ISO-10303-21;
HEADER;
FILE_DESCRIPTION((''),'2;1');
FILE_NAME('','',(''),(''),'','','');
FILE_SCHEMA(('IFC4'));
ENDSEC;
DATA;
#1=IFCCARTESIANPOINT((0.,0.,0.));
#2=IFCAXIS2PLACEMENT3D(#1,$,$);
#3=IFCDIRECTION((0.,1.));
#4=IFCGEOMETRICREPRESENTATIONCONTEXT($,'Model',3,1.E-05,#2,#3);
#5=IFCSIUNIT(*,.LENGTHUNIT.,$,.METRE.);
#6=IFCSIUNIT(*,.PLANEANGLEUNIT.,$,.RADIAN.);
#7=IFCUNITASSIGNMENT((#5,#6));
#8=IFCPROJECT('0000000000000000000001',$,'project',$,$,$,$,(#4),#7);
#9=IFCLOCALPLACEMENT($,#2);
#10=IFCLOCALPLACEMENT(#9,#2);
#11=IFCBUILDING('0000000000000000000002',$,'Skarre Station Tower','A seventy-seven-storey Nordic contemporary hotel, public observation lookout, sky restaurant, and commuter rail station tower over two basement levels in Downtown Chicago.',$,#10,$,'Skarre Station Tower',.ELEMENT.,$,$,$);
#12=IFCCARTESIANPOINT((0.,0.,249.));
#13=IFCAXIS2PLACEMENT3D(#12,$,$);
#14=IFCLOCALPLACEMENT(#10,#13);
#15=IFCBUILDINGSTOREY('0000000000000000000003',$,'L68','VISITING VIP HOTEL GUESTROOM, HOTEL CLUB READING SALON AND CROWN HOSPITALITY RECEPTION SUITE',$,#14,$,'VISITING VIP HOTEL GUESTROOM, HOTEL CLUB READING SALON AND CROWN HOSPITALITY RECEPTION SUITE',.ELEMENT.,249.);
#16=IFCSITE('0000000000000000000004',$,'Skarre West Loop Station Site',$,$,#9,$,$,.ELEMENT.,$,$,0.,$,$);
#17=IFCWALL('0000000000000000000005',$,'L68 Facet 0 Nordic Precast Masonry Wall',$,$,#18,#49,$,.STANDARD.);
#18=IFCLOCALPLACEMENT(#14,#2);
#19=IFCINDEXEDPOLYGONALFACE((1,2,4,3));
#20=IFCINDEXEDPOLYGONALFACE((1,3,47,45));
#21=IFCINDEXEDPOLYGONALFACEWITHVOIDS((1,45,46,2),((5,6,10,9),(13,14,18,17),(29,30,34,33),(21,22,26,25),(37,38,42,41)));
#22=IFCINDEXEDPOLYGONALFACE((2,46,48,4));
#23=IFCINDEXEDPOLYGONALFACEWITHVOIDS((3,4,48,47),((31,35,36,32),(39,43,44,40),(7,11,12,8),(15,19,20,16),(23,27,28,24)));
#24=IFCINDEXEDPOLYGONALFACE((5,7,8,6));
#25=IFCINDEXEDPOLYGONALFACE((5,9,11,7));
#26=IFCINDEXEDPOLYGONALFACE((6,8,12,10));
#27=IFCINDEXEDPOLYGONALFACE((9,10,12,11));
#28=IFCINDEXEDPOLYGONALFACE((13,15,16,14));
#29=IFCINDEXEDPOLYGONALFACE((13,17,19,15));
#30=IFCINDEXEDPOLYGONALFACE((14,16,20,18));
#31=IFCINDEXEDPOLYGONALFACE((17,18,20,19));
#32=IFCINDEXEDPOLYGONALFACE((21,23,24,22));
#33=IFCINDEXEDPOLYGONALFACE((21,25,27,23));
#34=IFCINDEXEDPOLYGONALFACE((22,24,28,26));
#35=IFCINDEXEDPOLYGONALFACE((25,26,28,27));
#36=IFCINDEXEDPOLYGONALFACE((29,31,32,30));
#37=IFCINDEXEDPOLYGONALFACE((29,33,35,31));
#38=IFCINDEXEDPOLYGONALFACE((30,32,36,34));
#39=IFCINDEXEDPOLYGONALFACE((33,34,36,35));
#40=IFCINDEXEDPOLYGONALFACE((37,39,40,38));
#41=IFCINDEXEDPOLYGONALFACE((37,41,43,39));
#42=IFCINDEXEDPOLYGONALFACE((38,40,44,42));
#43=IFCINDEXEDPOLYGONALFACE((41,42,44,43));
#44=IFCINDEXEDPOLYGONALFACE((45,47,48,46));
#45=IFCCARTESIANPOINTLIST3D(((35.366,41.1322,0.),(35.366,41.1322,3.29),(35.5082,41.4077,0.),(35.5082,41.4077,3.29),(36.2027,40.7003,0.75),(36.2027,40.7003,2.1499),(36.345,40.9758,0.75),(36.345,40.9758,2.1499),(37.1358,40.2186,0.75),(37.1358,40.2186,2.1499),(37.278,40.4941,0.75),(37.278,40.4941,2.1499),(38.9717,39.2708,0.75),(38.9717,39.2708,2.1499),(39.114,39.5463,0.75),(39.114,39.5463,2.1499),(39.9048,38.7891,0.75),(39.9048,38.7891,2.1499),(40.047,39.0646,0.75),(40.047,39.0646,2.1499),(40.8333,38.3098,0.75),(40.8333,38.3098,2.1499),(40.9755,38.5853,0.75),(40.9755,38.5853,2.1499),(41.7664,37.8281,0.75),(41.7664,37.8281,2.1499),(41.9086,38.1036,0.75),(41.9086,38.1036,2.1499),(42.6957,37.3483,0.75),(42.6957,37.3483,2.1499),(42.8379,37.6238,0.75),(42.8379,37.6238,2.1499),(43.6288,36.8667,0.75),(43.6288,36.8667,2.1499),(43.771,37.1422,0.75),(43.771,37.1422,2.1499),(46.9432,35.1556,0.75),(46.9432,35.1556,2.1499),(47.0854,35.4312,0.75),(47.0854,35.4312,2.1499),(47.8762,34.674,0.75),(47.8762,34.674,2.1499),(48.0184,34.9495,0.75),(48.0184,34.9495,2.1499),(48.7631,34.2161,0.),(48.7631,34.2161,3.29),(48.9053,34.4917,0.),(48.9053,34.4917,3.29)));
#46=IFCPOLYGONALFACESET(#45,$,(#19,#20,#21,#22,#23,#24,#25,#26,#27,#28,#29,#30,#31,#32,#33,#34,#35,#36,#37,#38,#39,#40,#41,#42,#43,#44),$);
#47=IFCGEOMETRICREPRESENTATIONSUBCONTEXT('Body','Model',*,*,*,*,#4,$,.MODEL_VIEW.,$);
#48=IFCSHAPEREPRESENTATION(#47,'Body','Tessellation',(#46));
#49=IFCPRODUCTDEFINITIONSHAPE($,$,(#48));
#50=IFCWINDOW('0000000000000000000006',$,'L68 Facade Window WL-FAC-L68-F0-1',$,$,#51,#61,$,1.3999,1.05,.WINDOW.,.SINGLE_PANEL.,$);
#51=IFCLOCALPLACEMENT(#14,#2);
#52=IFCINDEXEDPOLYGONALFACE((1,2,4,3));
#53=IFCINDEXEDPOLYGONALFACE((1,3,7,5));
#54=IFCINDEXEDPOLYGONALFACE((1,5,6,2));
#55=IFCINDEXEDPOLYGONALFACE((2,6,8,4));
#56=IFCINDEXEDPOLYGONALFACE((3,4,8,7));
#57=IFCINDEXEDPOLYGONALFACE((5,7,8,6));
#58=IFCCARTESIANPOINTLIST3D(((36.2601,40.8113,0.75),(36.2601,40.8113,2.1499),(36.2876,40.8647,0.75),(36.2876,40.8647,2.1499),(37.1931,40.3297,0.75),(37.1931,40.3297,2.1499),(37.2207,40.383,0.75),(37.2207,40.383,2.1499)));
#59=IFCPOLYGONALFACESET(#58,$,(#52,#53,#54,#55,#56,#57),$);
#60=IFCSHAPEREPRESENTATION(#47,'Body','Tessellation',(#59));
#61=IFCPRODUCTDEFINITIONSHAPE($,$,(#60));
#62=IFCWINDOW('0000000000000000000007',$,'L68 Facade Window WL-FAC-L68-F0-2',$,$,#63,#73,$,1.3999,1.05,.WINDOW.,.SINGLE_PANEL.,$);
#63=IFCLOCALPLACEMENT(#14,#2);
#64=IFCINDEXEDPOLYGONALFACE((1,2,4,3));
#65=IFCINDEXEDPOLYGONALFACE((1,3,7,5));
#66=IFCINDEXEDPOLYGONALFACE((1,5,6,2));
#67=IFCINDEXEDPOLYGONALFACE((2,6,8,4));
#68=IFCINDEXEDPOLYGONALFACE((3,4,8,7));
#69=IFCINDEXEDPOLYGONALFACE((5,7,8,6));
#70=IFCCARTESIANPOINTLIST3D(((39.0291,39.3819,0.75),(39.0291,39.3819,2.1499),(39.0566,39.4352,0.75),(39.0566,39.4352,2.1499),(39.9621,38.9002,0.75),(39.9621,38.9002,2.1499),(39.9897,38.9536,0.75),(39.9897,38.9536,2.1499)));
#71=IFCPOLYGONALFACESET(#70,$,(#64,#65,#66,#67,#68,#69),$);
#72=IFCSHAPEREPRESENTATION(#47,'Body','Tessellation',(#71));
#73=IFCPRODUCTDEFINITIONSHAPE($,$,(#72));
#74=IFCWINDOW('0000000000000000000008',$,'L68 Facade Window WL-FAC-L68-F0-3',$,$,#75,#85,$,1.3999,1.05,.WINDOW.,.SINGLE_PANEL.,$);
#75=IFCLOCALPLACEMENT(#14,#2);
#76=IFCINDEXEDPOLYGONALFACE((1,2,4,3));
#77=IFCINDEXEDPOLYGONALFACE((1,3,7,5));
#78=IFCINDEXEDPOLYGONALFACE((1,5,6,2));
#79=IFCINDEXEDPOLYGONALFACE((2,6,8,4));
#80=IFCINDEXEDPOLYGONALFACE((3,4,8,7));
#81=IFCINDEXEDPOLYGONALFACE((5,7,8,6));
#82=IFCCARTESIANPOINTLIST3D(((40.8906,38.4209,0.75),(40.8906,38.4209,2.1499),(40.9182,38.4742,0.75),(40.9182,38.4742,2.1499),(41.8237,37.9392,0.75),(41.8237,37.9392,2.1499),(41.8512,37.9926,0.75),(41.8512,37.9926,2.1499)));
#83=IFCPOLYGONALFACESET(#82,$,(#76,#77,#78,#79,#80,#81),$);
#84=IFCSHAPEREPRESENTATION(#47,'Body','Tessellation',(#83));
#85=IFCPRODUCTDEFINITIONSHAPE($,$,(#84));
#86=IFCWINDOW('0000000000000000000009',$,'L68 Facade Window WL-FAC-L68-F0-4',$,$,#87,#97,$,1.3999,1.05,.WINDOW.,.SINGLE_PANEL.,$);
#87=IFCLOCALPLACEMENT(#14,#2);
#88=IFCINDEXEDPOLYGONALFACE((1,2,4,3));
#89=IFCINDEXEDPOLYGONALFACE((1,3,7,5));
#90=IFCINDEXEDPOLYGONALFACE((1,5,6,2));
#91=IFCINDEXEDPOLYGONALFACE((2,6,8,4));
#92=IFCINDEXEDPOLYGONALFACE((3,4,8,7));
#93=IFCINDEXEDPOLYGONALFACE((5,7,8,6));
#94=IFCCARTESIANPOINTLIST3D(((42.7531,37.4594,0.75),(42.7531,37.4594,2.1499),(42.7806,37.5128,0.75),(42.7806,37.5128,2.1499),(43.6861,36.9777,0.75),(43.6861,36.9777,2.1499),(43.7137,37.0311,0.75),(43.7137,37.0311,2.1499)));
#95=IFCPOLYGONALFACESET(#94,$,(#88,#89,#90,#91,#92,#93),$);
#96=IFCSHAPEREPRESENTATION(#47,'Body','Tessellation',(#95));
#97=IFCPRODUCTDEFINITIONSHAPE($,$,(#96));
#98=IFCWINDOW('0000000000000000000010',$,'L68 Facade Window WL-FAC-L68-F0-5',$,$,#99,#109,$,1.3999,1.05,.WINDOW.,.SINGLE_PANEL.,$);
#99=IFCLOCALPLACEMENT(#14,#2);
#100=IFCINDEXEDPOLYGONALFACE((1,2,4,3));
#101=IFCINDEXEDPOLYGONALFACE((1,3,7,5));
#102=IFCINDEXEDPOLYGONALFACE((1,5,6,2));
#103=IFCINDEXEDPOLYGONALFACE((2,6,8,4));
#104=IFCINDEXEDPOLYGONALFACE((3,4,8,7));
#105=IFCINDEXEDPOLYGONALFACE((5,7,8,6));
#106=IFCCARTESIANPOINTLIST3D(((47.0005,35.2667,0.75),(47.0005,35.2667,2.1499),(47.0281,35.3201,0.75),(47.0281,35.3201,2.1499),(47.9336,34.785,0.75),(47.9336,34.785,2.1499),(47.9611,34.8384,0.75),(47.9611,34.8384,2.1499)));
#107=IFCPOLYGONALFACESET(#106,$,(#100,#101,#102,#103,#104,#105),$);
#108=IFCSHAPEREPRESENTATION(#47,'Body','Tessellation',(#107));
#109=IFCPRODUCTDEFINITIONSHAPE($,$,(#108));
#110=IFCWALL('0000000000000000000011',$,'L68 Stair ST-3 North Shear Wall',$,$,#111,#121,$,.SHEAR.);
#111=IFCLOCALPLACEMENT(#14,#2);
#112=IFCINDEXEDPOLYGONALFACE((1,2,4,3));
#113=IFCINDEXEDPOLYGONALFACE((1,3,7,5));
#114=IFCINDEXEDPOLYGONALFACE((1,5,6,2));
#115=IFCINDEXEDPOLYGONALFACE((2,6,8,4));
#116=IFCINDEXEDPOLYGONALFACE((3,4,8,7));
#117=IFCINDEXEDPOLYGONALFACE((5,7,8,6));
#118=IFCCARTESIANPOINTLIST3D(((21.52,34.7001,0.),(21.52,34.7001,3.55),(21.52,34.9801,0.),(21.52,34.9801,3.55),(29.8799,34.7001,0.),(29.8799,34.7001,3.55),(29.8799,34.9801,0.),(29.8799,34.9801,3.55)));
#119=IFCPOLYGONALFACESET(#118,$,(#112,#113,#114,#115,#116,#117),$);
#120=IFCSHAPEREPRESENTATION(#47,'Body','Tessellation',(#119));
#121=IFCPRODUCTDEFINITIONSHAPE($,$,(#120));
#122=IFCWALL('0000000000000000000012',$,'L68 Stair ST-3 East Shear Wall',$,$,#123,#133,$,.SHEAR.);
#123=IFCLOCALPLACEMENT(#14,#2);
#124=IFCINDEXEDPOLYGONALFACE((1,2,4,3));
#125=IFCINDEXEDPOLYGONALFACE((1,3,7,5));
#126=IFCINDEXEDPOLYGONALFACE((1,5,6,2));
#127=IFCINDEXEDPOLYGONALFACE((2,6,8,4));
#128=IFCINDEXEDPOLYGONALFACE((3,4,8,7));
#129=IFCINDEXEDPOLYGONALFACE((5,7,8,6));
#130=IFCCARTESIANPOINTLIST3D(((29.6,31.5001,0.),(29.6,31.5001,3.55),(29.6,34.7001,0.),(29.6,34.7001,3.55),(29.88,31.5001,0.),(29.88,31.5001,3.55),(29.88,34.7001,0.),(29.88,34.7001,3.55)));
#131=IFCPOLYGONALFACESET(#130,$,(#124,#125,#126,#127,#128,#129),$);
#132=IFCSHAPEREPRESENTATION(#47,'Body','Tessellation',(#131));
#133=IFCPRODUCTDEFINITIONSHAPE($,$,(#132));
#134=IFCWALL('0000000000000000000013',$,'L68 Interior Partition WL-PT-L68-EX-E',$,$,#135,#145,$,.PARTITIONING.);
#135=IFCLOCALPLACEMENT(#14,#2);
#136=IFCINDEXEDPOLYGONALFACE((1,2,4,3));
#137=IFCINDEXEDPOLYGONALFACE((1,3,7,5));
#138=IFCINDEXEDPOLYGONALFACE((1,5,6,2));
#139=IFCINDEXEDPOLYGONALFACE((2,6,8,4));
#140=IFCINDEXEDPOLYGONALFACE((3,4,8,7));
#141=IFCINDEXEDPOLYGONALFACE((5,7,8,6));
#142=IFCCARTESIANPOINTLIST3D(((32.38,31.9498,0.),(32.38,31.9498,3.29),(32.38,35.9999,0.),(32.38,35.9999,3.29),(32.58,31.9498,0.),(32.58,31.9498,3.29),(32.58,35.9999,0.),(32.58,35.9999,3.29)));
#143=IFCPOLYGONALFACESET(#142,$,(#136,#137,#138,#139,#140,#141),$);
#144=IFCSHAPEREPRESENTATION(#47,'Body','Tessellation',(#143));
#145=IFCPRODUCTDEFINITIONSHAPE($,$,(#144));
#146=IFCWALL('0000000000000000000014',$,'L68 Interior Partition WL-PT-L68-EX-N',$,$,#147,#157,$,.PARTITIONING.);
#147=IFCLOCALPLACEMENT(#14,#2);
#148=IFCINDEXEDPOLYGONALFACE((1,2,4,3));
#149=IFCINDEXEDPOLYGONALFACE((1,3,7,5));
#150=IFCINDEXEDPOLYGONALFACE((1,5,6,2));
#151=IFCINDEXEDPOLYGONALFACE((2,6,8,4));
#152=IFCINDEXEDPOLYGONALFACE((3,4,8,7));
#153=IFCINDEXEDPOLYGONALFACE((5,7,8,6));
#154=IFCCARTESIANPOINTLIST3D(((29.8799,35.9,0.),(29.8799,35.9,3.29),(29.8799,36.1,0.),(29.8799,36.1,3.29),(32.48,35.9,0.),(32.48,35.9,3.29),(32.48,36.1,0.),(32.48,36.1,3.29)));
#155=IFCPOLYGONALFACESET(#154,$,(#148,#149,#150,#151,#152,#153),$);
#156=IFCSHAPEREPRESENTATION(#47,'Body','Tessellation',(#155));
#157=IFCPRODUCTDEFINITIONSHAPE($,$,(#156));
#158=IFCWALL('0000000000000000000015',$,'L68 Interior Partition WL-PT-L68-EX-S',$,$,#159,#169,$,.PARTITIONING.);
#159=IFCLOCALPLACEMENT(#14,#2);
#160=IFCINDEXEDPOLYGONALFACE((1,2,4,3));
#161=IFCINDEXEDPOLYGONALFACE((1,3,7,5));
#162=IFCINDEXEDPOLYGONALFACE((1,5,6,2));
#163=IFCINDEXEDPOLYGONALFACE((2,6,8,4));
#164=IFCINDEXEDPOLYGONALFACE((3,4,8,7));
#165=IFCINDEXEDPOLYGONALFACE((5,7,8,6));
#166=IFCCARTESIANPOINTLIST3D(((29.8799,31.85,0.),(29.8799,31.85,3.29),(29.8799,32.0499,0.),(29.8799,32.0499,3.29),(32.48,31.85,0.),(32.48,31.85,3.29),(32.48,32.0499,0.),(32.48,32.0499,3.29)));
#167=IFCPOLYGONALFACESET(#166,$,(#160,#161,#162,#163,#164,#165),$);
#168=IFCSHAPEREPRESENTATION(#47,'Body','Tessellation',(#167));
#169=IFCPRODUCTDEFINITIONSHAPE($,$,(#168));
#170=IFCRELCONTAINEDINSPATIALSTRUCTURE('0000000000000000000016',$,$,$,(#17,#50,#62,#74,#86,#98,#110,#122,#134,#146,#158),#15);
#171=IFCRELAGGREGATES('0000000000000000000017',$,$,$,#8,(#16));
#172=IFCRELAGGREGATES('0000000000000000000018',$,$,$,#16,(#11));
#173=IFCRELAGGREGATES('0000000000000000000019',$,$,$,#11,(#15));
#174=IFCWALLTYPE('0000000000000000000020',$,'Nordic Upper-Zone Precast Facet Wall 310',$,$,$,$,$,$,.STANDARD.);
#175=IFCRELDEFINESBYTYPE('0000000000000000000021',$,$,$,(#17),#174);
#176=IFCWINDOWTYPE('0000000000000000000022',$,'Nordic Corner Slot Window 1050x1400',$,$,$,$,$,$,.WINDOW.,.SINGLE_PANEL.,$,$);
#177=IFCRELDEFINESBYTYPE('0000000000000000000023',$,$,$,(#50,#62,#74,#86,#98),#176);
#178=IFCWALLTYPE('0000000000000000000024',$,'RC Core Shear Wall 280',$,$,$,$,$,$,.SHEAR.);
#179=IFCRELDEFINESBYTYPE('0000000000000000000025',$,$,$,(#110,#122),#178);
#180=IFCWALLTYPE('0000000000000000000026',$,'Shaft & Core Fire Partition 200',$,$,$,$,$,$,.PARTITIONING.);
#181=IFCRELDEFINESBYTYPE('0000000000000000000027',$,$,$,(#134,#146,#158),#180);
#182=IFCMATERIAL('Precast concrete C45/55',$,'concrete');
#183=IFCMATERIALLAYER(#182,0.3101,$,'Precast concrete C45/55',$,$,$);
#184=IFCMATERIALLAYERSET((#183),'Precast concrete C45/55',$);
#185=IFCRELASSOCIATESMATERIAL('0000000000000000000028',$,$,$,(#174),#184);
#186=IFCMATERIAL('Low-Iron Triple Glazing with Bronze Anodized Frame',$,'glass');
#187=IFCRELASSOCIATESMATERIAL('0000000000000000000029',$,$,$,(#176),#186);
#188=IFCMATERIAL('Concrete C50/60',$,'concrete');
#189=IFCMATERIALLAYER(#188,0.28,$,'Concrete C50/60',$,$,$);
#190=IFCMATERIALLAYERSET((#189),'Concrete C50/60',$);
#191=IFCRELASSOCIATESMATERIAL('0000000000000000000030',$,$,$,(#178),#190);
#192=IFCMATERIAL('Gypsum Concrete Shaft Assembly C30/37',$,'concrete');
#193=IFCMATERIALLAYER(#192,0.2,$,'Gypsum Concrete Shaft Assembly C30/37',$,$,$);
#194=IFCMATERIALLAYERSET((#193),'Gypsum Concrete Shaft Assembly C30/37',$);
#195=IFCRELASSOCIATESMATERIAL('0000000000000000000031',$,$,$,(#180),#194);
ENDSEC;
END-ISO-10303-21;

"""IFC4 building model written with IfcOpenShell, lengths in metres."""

from ifc_helpers import new_model, si_unit, direction, frame, frame_2d, origin, place, context, subcontext, project, spatial, rectangle, extrude, material, layer, layer_set, type_object, element, fill, save


model = new_model("IFC4")

# Units and contexts
model_context = context("Model", 3, precision=1e-05, world=origin(), true_north=direction((0.0, 1.0)))
body_context = subcontext(model_context, "Body", "Model", "MODEL_VIEW")
ifc_project = project(units=[si_unit("LENGTHUNIT", "METRE"), si_unit("PLANEANGLEUNIT", "RADIAN")], contexts=[model_context])

# Site, building, storey
site_placement = place(None, origin())
site = spatial("IfcSite", under=ifc_project, at=site_placement, Name="Skarre West Loop Station Site", CompositionType="ELEMENT", RefElevation=0.0)
building_placement = place(site_placement, origin())
building = spatial("IfcBuilding", under=site, at=building_placement, Name="Skarre Station Tower", Description="A seventy-seven-storey Nordic contemporary hotel, public observation lookout, sky restaurant, and commuter rail station tower over two basement levels in Downtown Chicago.", LongName="Skarre Station Tower", CompositionType="ELEMENT")
storey_placement = place(building_placement, frame((0.0, 0.0, 249.0)))
storey = spatial("IfcBuildingStorey", under=building, at=storey_placement, Name="L68", Description="VISITING VIP HOTEL GUESTROOM, HOTEL CLUB READING SALON AND CROWN HOSPITALITY RECEPTION SUITE", LongName="VISITING VIP HOTEL GUESTROOM, HOTEL CLUB READING SALON AND CROWN HOSPITALITY RECEPTION SUITE", CompositionType="ELEMENT", Elevation=249.0)

# Shared definitions
ifc_material_1 = material(Name="Concrete C50/60", Category="concrete")

# Shared definitions
ifc_material_2 = material(Name="Precast concrete C45/55", Category="concrete")

# Wall, openings, windows
ifc_layer_1 = layer(ifc_material_2, 0.3101, Name="Precast concrete C45/55")
ifc_layer_set_1 = layer_set([ifc_layer_1], Name="Precast concrete C45/55")
wall_type_1 = type_object("IfcWallType", Name="Nordic Upper-Zone Precast Facet Wall 310", PredefinedType="STANDARD", material=ifc_layer_set_1)
wall_1_placement = place(storey_placement, frame((35.437, 41.27, 0.0), z_axis=(0.0, 0.0, 1.0), x_axis=(0.888581, -0.458719, 0.0)))
wall_1 = element("IfcWall", 1, at=wall_1_placement, inside=storey, type_object=wall_type_1, Name="L68 Facet 0 Nordic Precast Masonry Wall", PredefinedType="STANDARD", context=body_context, shape_type="SweptSolid", body=[
    extrude(rectangle(XDim=15.0769, YDim=0.3101, at=frame_2d((7.5386, 0.0))), origin(), (0.0, 0.0, 1.0), 3.29),
])
opening_1_placement = place(wall_1_placement, frame((0.9419, 0.0, 0.75)))
opening_1 = element("IfcOpeningElement", 2, at=opening_1_placement, cuts=wall_1, PredefinedType="OPENING", context=body_context, shape_type="SweptSolid", body=[
    extrude(rectangle(XDim=1.05, YDim=1.3999, at=frame_2d((0.5249, 0.7))), frame((0.0, 0.165, 0.0), z_axis=(0.0, -1.0, 0.0), x_axis=(1.0, 0.0, 0.0)), (0.0, 0.0, 1.0), 0.3301),
])
opening_2_placement = place(wall_1_placement, frame((4.0581, 0.0, 0.75)))
opening_2 = element("IfcOpeningElement", 3, at=opening_2_placement, cuts=wall_1, PredefinedType="OPENING", context=body_context, shape_type="SweptSolid", body=[
    extrude(rectangle(XDim=1.05, YDim=1.3999, at=frame_2d((0.5249, 0.7))), frame((0.0, 0.165, 0.0), z_axis=(0.0, -1.0, 0.0), x_axis=(1.0, 0.0, 0.0)), (0.0, 0.0, 1.0), 0.3301),
])
opening_3_placement = place(wall_1_placement, frame((6.1531, 0.0, 0.75)))
opening_3 = element("IfcOpeningElement", 4, at=opening_3_placement, cuts=wall_1, PredefinedType="OPENING", context=body_context, shape_type="SweptSolid", body=[
    extrude(rectangle(XDim=1.05, YDim=1.3999, at=frame_2d((0.5249, 0.7))), frame((0.0, 0.165, 0.0), z_axis=(0.0, -1.0, 0.0), x_axis=(1.0, 0.0, 0.0)), (0.0, 0.0, 1.0), 0.3301),
])
opening_4_placement = place(wall_1_placement, frame((8.249, 0.0, 0.75)))
opening_4 = element("IfcOpeningElement", 5, at=opening_4_placement, cuts=wall_1, PredefinedType="OPENING", context=body_context, shape_type="SweptSolid", body=[
    extrude(rectangle(XDim=1.05, YDim=1.3999, at=frame_2d((0.5249, 0.7))), frame((0.0, 0.165, 0.0), z_axis=(0.0, -1.0, 0.0), x_axis=(1.0, 0.0, 0.0)), (0.0, 0.0, 1.0), 0.3301),
])
opening_5_placement = place(wall_1_placement, frame((13.0291, 0.0, 0.75)))
opening_5 = element("IfcOpeningElement", 6, at=opening_5_placement, cuts=wall_1, PredefinedType="OPENING", context=body_context, shape_type="SweptSolid", body=[
    extrude(rectangle(XDim=1.05, YDim=1.3999, at=frame_2d((0.5249, 0.7))), frame((0.0, 0.165, 0.0), z_axis=(0.0, -1.0, 0.0), x_axis=(1.0, 0.0, 0.0)), (0.0, 0.0, 1.0), 0.3301),
])
ifc_material_3 = material(Name="Low-Iron Triple Glazing with Bronze Anodized Frame", Category="glass")
window_type = type_object("IfcWindowType", Name="Nordic Corner Slot Window 1050x1400", PartitioningType="SINGLE_PANEL", PredefinedType="WINDOW", material=ifc_material_3)
window_1_placement = place(opening_1_placement, origin())
window_1 = element("IfcWindow", 7, at=window_1_placement, inside=storey, type_object=window_type, Name="L68 Facade Window WL-FAC-L68-F0-1", OverallHeight=1.3999, OverallWidth=1.05, PartitioningType="SINGLE_PANEL", PredefinedType="WINDOW", context=body_context, shape_type="SweptSolid", body=[
    extrude(rectangle(XDim=1.05, YDim=1.3999, at=frame_2d((0.5249, 0.7))), frame((0.0, 0.03, 0.0), z_axis=(0.0, -1.0, 0.0), x_axis=(1.0, 0.0, 0.0)), (0.0, 0.0, 1.0), 0.0601),
])
fill(opening_1, window_1)
window_2_placement = place(opening_2_placement, origin())
window_2 = element("IfcWindow", 8, at=window_2_placement, inside=storey, type_object=window_type, Name="L68 Facade Window WL-FAC-L68-F0-2", OverallHeight=1.3999, OverallWidth=1.05, PartitioningType="SINGLE_PANEL", PredefinedType="WINDOW", context=body_context, shape_type="SweptSolid", body=[
    extrude(rectangle(XDim=1.05, YDim=1.3999, at=frame_2d((0.5249, 0.7))), frame((0.0, 0.03, 0.0), z_axis=(0.0, -1.0, 0.0), x_axis=(1.0, 0.0, 0.0)), (0.0, 0.0, 1.0), 0.0601),
])
fill(opening_2, window_2)
window_3_placement = place(opening_3_placement, origin())
window_3 = element("IfcWindow", 9, at=window_3_placement, inside=storey, type_object=window_type, Name="L68 Facade Window WL-FAC-L68-F0-3", OverallHeight=1.3999, OverallWidth=1.05, PartitioningType="SINGLE_PANEL", PredefinedType="WINDOW", context=body_context, shape_type="SweptSolid", body=[
    extrude(rectangle(XDim=1.05, YDim=1.3999, at=frame_2d((0.5249, 0.7))), frame((0.0, 0.03, 0.0), z_axis=(0.0, -1.0, 0.0), x_axis=(1.0, 0.0, 0.0)), (0.0, 0.0, 1.0), 0.0601),
])
fill(opening_3, window_3)
window_4_placement = place(opening_4_placement, origin())
window_4 = element("IfcWindow", 10, at=window_4_placement, inside=storey, type_object=window_type, Name="L68 Facade Window WL-FAC-L68-F0-4", OverallHeight=1.3999, OverallWidth=1.05, PartitioningType="SINGLE_PANEL", PredefinedType="WINDOW", context=body_context, shape_type="SweptSolid", body=[
    extrude(rectangle(XDim=1.05, YDim=1.3999, at=frame_2d((0.5249, 0.7))), frame((0.0, 0.03, 0.0), z_axis=(0.0, -1.0, 0.0), x_axis=(1.0, 0.0, 0.0)), (0.0, 0.0, 1.0), 0.0601),
])
fill(opening_4, window_4)
window_5_placement = place(opening_5_placement, origin())
window_5 = element("IfcWindow", 11, at=window_5_placement, inside=storey, type_object=window_type, Name="L68 Facade Window WL-FAC-L68-F0-5", OverallHeight=1.3999, OverallWidth=1.05, PartitioningType="SINGLE_PANEL", PredefinedType="WINDOW", context=body_context, shape_type="SweptSolid", body=[
    extrude(rectangle(XDim=1.05, YDim=1.3999, at=frame_2d((0.5249, 0.7))), frame((0.0, 0.03, 0.0), z_axis=(0.0, -1.0, 0.0), x_axis=(1.0, 0.0, 0.0)), (0.0, 0.0, 1.0), 0.0601),
])
fill(opening_5, window_5)

# Walls
ifc_layer_2 = layer(ifc_material_1, 0.28, Name="Concrete C50/60")
ifc_layer_set_2 = layer_set([ifc_layer_2], Name="Concrete C50/60")
wall_type_2 = type_object("IfcWallType", Name="RC Core Shear Wall 280", PredefinedType="SHEAR", material=ifc_layer_set_2)
wall_2_placement = place(storey_placement, frame((29.8799, 34.8401, 0.0), z_axis=(0.0, 0.0, 1.0), x_axis=(-1.0, 0.0, 0.0)))
element("IfcWall", 12, at=wall_2_placement, inside=storey, type_object=wall_type_2, Name="L68 Stair ST-3 North Shear Wall", PredefinedType="SHEAR", context=body_context, shape_type="SweptSolid", body=[
    extrude(rectangle(XDim=8.3599, YDim=0.28, at=frame_2d((4.1799, 0.0))), origin(), (0.0, 0.0, 1.0), 3.55),
])
wall_3_placement = place(storey_placement, frame((29.74, 31.5, 0.0), z_axis=(0.0, 0.0, 1.0), x_axis=(0.0, 1.0, 0.0)))
element("IfcWall", 13, at=wall_3_placement, inside=storey, type_object=wall_type_2, Name="L68 Stair ST-3 East Shear Wall", PredefinedType="SHEAR", context=body_context, shape_type="SweptSolid", body=[
    extrude(rectangle(XDim=3.2, YDim=0.28, at=frame_2d((1.6001, 0.0))), origin(), (0.0, 0.0, 1.0), 3.55),
])
ifc_material_4 = material(Name="Gypsum Concrete Shaft Assembly C30/37", Category="concrete")
ifc_layer_3 = layer(ifc_material_4, 0.2, Name="Gypsum Concrete Shaft Assembly C30/37")
ifc_layer_set_3 = layer_set([ifc_layer_3], Name="Gypsum Concrete Shaft Assembly C30/37")
wall_type_3 = type_object("IfcWallType", Name="Shaft & Core Fire Partition 200", PredefinedType="PARTITIONING", material=ifc_layer_set_3)
wall_4_placement = place(storey_placement, frame((32.48, 31.95, 0.0), z_axis=(0.0, 0.0, 1.0), x_axis=(0.0, 1.0, 0.0)))
element("IfcWall", 14, at=wall_4_placement, inside=storey, type_object=wall_type_3, Name="L68 Interior Partition WL-PT-L68-EX-E", PredefinedType="PARTITIONING", context=body_context, shape_type="SweptSolid", body=[
    extrude(rectangle(XDim=4.05, YDim=0.2, at=frame_2d((2.0249, 0.0))), origin(), (0.0, 0.0, 1.0), 3.29),
])
for number, where, z_axis, x_axis, name in (
    (15, (29.8799, 36.0, 0.0), (0.0, 0.0, 1.0), (1.0, 0.0, 0.0), "L68 Interior Partition WL-PT-L68-EX-N"),
    (16, (32.48, 31.95, 0.0), (0.0, 0.0, 1.0), (-1.0, 0.0, 0.0), "L68 Interior Partition WL-PT-L68-EX-S"),
):
    element("IfcWall", number, at=place(storey_placement, frame(where, z_axis=z_axis, x_axis=x_axis)), inside=storey, type_object=wall_type_3, Name=name, PredefinedType="PARTITIONING", context=body_context, shape_type="SweptSolid", body=[
        extrude(rectangle(XDim=2.6001, YDim=0.2, at=frame_2d((1.3, 0.0))), origin(), (0.0, 0.0, 1.0), 3.29),
    ])

save(model, "model.ifc")
